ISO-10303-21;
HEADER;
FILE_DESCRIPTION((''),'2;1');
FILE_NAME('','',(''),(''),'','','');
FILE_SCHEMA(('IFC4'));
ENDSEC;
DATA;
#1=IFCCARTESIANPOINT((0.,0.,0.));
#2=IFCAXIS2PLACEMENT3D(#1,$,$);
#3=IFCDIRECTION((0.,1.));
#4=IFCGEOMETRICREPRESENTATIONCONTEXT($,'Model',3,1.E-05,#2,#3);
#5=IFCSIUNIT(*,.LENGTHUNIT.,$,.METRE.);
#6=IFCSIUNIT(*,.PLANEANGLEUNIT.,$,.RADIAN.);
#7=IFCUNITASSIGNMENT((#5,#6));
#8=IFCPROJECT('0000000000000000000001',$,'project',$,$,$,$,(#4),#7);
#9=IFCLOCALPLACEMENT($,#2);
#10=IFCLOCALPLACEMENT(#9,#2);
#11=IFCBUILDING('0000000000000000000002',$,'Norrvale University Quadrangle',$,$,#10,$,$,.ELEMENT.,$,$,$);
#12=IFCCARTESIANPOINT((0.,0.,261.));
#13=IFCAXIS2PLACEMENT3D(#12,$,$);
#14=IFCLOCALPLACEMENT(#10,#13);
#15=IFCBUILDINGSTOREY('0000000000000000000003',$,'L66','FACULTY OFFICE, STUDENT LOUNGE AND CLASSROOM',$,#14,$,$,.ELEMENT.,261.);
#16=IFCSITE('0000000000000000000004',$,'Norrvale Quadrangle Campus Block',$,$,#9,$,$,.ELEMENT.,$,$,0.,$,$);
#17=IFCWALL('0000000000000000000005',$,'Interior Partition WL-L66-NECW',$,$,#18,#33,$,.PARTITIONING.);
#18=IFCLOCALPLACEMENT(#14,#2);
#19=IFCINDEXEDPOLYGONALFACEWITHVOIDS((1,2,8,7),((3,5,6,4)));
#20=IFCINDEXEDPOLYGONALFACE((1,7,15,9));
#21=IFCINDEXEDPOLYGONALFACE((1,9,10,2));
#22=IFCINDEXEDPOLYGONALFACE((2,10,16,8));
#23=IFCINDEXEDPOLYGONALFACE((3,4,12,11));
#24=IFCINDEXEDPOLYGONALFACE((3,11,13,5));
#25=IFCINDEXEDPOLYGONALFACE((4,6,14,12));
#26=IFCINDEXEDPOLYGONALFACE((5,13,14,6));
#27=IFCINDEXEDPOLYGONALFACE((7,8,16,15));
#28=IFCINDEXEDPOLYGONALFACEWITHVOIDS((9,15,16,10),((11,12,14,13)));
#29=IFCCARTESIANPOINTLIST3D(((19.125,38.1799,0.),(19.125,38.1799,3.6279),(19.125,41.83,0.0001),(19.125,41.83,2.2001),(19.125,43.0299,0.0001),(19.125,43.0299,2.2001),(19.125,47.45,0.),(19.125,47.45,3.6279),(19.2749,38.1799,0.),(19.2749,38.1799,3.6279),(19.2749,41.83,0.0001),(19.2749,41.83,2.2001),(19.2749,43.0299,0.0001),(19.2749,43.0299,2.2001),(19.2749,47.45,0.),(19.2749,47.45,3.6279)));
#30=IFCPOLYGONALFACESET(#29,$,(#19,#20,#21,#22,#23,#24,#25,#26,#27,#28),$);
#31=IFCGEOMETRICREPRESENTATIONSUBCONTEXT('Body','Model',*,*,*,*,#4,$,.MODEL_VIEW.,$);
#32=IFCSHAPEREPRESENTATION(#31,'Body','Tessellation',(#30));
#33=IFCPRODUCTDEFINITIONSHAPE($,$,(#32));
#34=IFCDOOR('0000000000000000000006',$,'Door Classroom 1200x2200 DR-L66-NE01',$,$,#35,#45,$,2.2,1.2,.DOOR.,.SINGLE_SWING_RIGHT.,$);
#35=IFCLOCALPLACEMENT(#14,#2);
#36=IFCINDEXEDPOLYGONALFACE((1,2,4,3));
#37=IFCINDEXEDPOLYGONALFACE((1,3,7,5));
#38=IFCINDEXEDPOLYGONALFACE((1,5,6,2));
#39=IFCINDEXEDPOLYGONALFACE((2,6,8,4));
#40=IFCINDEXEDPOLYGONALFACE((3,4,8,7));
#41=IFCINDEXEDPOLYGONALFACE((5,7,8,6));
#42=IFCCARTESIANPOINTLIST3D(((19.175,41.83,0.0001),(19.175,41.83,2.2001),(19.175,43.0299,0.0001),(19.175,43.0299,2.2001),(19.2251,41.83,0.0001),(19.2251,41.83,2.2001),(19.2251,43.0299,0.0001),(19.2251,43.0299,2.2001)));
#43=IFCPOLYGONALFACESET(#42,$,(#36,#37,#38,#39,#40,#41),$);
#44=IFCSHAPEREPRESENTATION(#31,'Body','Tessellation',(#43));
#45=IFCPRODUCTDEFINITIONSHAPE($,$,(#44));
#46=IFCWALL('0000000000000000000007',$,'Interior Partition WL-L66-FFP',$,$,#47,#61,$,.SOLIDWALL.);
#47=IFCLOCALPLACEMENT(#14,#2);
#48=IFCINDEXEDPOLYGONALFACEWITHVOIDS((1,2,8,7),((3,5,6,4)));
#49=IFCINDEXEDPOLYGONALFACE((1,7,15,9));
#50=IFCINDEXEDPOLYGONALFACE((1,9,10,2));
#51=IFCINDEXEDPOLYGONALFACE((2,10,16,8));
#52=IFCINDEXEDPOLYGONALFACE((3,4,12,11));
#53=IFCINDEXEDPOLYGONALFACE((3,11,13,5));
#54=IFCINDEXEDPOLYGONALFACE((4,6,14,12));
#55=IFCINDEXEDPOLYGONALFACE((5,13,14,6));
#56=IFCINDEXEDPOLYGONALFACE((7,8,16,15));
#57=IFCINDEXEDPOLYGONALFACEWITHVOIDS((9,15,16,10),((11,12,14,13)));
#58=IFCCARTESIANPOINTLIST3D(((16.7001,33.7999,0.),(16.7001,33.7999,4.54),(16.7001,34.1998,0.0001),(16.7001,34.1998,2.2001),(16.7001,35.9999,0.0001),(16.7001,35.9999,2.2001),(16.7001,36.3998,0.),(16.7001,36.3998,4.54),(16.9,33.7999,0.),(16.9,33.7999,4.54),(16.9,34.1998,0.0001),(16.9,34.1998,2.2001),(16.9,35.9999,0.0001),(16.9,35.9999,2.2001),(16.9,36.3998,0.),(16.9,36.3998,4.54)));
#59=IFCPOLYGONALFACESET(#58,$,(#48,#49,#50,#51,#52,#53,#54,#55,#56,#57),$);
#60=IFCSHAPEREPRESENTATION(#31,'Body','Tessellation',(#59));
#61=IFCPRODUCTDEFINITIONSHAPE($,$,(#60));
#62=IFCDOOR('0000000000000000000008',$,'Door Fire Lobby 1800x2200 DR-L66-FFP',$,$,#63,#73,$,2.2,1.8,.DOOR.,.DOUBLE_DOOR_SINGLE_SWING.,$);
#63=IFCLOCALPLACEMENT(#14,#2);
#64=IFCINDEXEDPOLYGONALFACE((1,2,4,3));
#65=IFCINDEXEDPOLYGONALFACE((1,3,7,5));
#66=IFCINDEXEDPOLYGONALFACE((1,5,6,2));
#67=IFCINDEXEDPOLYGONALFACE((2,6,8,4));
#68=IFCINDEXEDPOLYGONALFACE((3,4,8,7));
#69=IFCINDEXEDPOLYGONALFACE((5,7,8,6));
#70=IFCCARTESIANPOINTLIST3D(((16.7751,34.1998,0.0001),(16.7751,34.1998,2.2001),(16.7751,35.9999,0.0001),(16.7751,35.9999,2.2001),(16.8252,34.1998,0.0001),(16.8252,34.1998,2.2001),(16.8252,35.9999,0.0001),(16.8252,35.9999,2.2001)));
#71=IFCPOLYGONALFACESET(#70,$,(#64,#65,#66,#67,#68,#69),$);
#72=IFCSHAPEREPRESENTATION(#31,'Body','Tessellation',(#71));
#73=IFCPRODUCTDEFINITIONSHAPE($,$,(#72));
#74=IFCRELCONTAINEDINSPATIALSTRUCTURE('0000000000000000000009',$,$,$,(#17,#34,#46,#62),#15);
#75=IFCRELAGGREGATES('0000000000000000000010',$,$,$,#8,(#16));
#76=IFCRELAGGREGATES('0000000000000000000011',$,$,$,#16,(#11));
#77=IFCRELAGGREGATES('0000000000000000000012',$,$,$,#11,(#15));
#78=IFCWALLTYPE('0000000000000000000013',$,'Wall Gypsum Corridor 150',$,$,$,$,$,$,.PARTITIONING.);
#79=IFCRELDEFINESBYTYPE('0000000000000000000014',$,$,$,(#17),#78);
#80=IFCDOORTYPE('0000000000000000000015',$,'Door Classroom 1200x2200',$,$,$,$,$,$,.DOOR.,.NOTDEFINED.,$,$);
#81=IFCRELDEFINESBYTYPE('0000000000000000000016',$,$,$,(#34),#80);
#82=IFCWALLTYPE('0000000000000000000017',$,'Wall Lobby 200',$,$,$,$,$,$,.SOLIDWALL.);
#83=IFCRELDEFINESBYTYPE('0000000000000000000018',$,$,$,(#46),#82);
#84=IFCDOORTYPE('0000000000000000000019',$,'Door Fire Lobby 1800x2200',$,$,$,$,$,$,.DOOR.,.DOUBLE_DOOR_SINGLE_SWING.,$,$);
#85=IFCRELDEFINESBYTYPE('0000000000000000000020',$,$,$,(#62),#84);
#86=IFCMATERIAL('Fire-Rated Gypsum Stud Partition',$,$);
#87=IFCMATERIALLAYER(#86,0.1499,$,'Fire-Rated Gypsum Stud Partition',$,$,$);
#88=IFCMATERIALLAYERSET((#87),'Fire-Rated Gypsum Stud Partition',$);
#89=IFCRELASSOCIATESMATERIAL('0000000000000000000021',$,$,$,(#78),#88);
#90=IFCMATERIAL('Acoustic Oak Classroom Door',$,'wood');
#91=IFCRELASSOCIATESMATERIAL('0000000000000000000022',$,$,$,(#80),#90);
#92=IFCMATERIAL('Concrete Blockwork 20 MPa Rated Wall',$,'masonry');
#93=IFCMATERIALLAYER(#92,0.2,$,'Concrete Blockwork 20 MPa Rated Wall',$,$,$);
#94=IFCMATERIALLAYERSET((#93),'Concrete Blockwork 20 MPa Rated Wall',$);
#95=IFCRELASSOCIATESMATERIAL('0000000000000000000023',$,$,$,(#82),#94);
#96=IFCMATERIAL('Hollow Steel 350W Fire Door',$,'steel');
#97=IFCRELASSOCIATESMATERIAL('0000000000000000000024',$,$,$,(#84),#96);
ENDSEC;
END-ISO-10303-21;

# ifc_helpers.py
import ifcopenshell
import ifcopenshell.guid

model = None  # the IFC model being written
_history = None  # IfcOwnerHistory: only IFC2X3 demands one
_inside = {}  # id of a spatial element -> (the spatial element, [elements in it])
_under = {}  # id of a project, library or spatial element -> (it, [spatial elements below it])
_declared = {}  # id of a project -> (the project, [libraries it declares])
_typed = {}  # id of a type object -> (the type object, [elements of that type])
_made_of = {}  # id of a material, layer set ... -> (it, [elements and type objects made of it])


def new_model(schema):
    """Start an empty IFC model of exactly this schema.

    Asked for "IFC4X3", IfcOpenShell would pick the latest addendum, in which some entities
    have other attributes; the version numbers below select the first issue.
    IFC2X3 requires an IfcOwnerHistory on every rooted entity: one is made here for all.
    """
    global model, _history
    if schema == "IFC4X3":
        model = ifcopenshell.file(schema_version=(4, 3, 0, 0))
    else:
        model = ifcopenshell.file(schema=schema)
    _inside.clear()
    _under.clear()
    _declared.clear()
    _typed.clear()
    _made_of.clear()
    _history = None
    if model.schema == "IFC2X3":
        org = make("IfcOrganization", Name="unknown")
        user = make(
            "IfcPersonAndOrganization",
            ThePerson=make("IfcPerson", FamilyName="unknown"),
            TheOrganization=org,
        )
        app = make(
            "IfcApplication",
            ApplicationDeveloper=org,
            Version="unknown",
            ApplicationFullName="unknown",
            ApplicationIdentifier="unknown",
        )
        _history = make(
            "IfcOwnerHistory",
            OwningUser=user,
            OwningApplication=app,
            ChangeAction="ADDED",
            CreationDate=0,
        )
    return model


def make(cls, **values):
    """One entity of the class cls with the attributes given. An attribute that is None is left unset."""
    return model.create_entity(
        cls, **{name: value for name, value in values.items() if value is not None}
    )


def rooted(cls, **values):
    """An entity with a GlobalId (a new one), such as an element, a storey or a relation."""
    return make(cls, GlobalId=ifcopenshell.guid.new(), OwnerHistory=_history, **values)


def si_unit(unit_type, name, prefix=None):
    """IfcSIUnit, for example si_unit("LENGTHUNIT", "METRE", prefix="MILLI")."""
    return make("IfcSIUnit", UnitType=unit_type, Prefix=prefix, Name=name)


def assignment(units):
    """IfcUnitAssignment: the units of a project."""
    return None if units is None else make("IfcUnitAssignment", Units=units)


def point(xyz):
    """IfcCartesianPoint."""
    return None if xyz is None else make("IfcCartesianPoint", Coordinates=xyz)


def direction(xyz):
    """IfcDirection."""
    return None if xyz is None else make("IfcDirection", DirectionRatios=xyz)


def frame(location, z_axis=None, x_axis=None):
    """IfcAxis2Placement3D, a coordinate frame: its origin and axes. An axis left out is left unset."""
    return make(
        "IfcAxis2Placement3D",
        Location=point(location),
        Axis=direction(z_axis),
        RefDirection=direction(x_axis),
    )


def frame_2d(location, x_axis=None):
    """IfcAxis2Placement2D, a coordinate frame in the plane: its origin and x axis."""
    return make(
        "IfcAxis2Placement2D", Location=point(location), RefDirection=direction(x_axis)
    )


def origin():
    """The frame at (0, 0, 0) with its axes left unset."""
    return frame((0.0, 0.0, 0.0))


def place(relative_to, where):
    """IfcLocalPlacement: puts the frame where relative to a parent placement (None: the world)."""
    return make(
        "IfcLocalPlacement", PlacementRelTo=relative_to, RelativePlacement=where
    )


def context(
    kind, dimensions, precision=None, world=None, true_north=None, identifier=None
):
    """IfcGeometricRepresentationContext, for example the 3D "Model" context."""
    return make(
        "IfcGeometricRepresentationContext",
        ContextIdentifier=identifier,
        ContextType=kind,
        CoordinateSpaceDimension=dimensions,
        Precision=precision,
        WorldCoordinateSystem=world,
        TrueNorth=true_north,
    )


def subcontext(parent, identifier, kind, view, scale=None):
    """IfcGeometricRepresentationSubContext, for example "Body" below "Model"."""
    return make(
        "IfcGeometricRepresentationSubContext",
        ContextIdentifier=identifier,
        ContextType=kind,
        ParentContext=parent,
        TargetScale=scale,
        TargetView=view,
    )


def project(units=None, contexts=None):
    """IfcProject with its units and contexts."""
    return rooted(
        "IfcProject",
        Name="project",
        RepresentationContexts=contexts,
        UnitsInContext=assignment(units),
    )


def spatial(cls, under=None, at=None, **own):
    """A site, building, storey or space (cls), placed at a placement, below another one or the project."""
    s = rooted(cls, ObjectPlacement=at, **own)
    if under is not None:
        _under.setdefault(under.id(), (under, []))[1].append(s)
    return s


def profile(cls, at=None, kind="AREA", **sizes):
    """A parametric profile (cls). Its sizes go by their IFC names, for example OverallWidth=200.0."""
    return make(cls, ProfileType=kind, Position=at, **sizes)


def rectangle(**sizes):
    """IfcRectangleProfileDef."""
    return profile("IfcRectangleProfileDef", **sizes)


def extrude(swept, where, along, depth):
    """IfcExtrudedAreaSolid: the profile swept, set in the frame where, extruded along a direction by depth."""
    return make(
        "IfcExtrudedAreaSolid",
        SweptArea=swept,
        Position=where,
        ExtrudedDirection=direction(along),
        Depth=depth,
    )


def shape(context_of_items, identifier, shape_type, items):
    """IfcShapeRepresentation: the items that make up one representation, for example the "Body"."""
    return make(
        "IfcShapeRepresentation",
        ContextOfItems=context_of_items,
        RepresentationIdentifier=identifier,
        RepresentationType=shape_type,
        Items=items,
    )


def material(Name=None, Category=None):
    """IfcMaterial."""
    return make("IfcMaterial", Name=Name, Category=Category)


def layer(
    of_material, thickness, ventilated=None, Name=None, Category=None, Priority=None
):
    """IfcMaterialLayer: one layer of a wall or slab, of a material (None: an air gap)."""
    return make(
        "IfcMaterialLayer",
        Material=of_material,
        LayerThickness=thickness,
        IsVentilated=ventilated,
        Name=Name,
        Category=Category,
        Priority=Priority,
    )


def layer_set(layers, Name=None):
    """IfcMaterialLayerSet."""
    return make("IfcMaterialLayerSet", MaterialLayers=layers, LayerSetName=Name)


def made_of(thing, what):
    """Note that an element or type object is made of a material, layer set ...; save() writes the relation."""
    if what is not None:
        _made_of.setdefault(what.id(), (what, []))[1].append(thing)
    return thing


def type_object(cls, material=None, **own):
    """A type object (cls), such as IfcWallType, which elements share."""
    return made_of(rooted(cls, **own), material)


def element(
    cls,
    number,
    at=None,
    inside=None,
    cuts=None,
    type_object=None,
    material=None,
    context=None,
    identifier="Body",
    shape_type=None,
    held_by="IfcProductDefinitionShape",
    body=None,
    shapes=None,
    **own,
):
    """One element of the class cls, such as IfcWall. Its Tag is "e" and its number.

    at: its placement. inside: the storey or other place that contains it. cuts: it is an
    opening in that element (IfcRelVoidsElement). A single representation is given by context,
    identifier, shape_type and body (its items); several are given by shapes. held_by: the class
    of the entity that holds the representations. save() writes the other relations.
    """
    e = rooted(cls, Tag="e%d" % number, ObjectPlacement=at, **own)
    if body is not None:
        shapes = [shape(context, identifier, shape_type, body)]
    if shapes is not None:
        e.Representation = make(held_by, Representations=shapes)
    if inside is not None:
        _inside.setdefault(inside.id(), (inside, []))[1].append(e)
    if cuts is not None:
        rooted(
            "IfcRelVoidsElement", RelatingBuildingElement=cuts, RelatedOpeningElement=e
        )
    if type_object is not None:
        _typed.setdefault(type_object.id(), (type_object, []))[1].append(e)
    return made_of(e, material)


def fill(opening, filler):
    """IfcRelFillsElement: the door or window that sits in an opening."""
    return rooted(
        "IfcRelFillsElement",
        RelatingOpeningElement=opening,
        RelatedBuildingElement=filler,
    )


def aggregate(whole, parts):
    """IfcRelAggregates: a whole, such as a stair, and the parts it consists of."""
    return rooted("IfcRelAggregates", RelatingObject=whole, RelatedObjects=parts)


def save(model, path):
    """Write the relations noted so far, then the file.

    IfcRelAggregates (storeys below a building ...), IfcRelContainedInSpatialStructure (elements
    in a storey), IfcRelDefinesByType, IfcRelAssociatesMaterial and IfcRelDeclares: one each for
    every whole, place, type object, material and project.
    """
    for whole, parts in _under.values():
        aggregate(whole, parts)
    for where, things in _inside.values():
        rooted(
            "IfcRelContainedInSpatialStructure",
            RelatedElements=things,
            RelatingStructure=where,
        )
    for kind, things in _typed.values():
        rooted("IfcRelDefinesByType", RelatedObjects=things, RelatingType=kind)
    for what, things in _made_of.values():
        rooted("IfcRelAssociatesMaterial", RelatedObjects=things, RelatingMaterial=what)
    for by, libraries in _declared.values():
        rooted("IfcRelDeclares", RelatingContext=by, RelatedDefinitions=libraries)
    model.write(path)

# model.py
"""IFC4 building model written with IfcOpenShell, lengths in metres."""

from ifc_helpers import new_model, si_unit, direction, frame, frame_2d, origin, place, context, subcontext, project, spatial, rectangle, extrude, material, layer, layer_set, type_object, element, fill, save


model = new_model("IFC4")

# Units and contexts
model_context = context("Model", 3, precision=1e-05, world=origin(), true_north=direction((0.0, 1.0)))
body_context = subcontext(model_context, "Body", "Model", "MODEL_VIEW")
ifc_project = project(units=[si_unit("LENGTHUNIT", "METRE"), si_unit("PLANEANGLEUNIT", "RADIAN")], contexts=[model_context])

# Site, building, storey
site_placement = place(None, origin())
site = spatial("IfcSite", under=ifc_project, at=site_placement, Name="Norrvale Quadrangle Campus Block", CompositionType="ELEMENT", RefElevation=0.0)
building_placement = place(site_placement, origin())
building = spatial("IfcBuilding", under=site, at=building_placement, Name="Norrvale University Quadrangle", CompositionType="ELEMENT")
storey_placement = place(building_placement, frame((0.0, 0.0, 261.0)))
storey = spatial("IfcBuildingStorey", under=building, at=storey_placement, Name="L66", Description="FACULTY OFFICE, STUDENT LOUNGE AND CLASSROOM", CompositionType="ELEMENT", Elevation=261.0)

# Shared definitions
ifc_material_1 = material(Name="Fire-Rated Gypsum Stud Partition")
ifc_layer_1 = layer(ifc_material_1, 0.1499, Name="Fire-Rated Gypsum Stud Partition")
ifc_layer_set_1 = layer_set([ifc_layer_1], Name="Fire-Rated Gypsum Stud Partition")
wall_type_1 = type_object("IfcWallType", Name="Wall Gypsum Corridor 150", PredefinedType="PARTITIONING", material=ifc_layer_set_1)

# Walls, openings, doors
wall_1_placement = place(storey_placement, frame((19.2, 38.1799, 0.0), z_axis=(0.0, 0.0, 1.0), x_axis=(0.0, 1.0, 0.0)))
wall_1 = element("IfcWall", 1, at=wall_1_placement, inside=storey, type_object=wall_type_1, Name="Interior Partition WL-L66-NECW", PredefinedType="PARTITIONING", context=body_context, shape_type="SweptSolid", body=[
    extrude(rectangle(XDim=9.27, YDim=0.1499, at=frame_2d((4.635, 0.0))), origin(), (0.0, 0.0, 1.0), 3.6279),
])
opening_1_placement = place(wall_1_placement, frame((3.6499, 0.0, 0.0)))
opening_1 = element("IfcOpeningElement", 2, at=opening_1_placement, cuts=wall_1, PredefinedType="OPENING", context=body_context, shape_type="SweptSolid", body=[
    extrude(rectangle(XDim=1.2, YDim=2.2, at=frame_2d((0.6001, 1.1001))), frame((0.0, 0.0869, 0.0), z_axis=(0.0, -1.0, 0.0), x_axis=(1.0, 0.0, 0.0)), (0.0, 0.0, 1.0), 0.1738),
])
ifc_material_2 = material(Name="Acoustic Oak Classroom Door", Category="wood")
door_type_1 = type_object("IfcDoorType", Name="Door Classroom 1200x2200", OperationType="NOTDEFINED", PredefinedType="DOOR", material=ifc_material_2)
door_1_placement = place(opening_1_placement, origin())
door_1 = element("IfcDoor", 3, at=door_1_placement, inside=storey, type_object=door_type_1, Name="Door Classroom 1200x2200 DR-L66-NE01", OperationType="SINGLE_SWING_RIGHT", OverallHeight=2.2, OverallWidth=1.2, PredefinedType="DOOR", context=body_context, shape_type="SweptSolid", body=[
    extrude(rectangle(XDim=1.2, YDim=2.2, at=frame_2d((0.6001, 1.1001))), frame((0.0, 0.0249, 0.0), z_axis=(0.0, -1.0, 0.0), x_axis=(1.0, 0.0, 0.0)), (0.0, 0.0, 1.0), 0.05),
])
fill(opening_1, door_1)
ifc_material_3 = material(Name="Concrete Blockwork 20 MPa Rated Wall", Category="masonry")
ifc_layer_2 = layer(ifc_material_3, 0.2, Name="Concrete Blockwork 20 MPa Rated Wall")
ifc_layer_set_2 = layer_set([ifc_layer_2], Name="Concrete Blockwork 20 MPa Rated Wall")
wall_type_2 = type_object("IfcWallType", Name="Wall Lobby 200", PredefinedType="SOLIDWALL", material=ifc_layer_set_2)
wall_2_placement = place(storey_placement, frame((16.8, 33.8, 0.0), z_axis=(0.0, 0.0, 1.0), x_axis=(0.0, 1.0, 0.0)))
wall_2 = element("IfcWall", 4, at=wall_2_placement, inside=storey, type_object=wall_type_2, Name="Interior Partition WL-L66-FFP", PredefinedType="SOLIDWALL", context=body_context, shape_type="SweptSolid", body=[
    extrude(rectangle(XDim=2.5999, YDim=0.2, at=frame_2d((1.2998, 0.0))), origin(), (0.0, 0.0, 1.0), 4.54),
])
opening_2_placement = place(wall_2_placement, frame((0.3999, 0.0, 0.0)))
opening_2 = element("IfcOpeningElement", 5, at=opening_2_placement, cuts=wall_2, PredefinedType="OPENING", context=body_context, shape_type="SweptSolid", body=[
    extrude(rectangle(XDim=1.8, YDim=2.2, at=frame_2d((0.8999, 1.1001))), frame((0.0, 0.1121, 0.0), z_axis=(0.0, -1.0, 0.0), x_axis=(1.0, 0.0, 0.0)), (0.0, 0.0, 1.0), 0.2239),
])
ifc_material_4 = material(Name="Hollow Steel 350W Fire Door", Category="steel")
door_type_2 = type_object("IfcDoorType", Name="Door Fire Lobby 1800x2200", OperationType="DOUBLE_DOOR_SINGLE_SWING", PredefinedType="DOOR", material=ifc_material_4)
door_2_placement = place(opening_2_placement, origin())
door_2 = element("IfcDoor", 6, at=door_2_placement, inside=storey, type_object=door_type_2, Name="Door Fire Lobby 1800x2200 DR-L66-FFP", OperationType="DOUBLE_DOOR_SINGLE_SWING", OverallHeight=2.2, OverallWidth=1.8, PredefinedType="DOOR", context=body_context, shape_type="SweptSolid", body=[
    extrude(rectangle(XDim=1.8, YDim=2.2, at=frame_2d((0.8999, 1.1001))), frame((0.0, 0.0249, 0.0), z_axis=(0.0, -1.0, 0.0), x_axis=(1.0, 0.0, 0.0)), (0.0, 0.0, 1.0), 0.05),
])
fill(opening_2, door_2)

save(model, "model.ifc")
